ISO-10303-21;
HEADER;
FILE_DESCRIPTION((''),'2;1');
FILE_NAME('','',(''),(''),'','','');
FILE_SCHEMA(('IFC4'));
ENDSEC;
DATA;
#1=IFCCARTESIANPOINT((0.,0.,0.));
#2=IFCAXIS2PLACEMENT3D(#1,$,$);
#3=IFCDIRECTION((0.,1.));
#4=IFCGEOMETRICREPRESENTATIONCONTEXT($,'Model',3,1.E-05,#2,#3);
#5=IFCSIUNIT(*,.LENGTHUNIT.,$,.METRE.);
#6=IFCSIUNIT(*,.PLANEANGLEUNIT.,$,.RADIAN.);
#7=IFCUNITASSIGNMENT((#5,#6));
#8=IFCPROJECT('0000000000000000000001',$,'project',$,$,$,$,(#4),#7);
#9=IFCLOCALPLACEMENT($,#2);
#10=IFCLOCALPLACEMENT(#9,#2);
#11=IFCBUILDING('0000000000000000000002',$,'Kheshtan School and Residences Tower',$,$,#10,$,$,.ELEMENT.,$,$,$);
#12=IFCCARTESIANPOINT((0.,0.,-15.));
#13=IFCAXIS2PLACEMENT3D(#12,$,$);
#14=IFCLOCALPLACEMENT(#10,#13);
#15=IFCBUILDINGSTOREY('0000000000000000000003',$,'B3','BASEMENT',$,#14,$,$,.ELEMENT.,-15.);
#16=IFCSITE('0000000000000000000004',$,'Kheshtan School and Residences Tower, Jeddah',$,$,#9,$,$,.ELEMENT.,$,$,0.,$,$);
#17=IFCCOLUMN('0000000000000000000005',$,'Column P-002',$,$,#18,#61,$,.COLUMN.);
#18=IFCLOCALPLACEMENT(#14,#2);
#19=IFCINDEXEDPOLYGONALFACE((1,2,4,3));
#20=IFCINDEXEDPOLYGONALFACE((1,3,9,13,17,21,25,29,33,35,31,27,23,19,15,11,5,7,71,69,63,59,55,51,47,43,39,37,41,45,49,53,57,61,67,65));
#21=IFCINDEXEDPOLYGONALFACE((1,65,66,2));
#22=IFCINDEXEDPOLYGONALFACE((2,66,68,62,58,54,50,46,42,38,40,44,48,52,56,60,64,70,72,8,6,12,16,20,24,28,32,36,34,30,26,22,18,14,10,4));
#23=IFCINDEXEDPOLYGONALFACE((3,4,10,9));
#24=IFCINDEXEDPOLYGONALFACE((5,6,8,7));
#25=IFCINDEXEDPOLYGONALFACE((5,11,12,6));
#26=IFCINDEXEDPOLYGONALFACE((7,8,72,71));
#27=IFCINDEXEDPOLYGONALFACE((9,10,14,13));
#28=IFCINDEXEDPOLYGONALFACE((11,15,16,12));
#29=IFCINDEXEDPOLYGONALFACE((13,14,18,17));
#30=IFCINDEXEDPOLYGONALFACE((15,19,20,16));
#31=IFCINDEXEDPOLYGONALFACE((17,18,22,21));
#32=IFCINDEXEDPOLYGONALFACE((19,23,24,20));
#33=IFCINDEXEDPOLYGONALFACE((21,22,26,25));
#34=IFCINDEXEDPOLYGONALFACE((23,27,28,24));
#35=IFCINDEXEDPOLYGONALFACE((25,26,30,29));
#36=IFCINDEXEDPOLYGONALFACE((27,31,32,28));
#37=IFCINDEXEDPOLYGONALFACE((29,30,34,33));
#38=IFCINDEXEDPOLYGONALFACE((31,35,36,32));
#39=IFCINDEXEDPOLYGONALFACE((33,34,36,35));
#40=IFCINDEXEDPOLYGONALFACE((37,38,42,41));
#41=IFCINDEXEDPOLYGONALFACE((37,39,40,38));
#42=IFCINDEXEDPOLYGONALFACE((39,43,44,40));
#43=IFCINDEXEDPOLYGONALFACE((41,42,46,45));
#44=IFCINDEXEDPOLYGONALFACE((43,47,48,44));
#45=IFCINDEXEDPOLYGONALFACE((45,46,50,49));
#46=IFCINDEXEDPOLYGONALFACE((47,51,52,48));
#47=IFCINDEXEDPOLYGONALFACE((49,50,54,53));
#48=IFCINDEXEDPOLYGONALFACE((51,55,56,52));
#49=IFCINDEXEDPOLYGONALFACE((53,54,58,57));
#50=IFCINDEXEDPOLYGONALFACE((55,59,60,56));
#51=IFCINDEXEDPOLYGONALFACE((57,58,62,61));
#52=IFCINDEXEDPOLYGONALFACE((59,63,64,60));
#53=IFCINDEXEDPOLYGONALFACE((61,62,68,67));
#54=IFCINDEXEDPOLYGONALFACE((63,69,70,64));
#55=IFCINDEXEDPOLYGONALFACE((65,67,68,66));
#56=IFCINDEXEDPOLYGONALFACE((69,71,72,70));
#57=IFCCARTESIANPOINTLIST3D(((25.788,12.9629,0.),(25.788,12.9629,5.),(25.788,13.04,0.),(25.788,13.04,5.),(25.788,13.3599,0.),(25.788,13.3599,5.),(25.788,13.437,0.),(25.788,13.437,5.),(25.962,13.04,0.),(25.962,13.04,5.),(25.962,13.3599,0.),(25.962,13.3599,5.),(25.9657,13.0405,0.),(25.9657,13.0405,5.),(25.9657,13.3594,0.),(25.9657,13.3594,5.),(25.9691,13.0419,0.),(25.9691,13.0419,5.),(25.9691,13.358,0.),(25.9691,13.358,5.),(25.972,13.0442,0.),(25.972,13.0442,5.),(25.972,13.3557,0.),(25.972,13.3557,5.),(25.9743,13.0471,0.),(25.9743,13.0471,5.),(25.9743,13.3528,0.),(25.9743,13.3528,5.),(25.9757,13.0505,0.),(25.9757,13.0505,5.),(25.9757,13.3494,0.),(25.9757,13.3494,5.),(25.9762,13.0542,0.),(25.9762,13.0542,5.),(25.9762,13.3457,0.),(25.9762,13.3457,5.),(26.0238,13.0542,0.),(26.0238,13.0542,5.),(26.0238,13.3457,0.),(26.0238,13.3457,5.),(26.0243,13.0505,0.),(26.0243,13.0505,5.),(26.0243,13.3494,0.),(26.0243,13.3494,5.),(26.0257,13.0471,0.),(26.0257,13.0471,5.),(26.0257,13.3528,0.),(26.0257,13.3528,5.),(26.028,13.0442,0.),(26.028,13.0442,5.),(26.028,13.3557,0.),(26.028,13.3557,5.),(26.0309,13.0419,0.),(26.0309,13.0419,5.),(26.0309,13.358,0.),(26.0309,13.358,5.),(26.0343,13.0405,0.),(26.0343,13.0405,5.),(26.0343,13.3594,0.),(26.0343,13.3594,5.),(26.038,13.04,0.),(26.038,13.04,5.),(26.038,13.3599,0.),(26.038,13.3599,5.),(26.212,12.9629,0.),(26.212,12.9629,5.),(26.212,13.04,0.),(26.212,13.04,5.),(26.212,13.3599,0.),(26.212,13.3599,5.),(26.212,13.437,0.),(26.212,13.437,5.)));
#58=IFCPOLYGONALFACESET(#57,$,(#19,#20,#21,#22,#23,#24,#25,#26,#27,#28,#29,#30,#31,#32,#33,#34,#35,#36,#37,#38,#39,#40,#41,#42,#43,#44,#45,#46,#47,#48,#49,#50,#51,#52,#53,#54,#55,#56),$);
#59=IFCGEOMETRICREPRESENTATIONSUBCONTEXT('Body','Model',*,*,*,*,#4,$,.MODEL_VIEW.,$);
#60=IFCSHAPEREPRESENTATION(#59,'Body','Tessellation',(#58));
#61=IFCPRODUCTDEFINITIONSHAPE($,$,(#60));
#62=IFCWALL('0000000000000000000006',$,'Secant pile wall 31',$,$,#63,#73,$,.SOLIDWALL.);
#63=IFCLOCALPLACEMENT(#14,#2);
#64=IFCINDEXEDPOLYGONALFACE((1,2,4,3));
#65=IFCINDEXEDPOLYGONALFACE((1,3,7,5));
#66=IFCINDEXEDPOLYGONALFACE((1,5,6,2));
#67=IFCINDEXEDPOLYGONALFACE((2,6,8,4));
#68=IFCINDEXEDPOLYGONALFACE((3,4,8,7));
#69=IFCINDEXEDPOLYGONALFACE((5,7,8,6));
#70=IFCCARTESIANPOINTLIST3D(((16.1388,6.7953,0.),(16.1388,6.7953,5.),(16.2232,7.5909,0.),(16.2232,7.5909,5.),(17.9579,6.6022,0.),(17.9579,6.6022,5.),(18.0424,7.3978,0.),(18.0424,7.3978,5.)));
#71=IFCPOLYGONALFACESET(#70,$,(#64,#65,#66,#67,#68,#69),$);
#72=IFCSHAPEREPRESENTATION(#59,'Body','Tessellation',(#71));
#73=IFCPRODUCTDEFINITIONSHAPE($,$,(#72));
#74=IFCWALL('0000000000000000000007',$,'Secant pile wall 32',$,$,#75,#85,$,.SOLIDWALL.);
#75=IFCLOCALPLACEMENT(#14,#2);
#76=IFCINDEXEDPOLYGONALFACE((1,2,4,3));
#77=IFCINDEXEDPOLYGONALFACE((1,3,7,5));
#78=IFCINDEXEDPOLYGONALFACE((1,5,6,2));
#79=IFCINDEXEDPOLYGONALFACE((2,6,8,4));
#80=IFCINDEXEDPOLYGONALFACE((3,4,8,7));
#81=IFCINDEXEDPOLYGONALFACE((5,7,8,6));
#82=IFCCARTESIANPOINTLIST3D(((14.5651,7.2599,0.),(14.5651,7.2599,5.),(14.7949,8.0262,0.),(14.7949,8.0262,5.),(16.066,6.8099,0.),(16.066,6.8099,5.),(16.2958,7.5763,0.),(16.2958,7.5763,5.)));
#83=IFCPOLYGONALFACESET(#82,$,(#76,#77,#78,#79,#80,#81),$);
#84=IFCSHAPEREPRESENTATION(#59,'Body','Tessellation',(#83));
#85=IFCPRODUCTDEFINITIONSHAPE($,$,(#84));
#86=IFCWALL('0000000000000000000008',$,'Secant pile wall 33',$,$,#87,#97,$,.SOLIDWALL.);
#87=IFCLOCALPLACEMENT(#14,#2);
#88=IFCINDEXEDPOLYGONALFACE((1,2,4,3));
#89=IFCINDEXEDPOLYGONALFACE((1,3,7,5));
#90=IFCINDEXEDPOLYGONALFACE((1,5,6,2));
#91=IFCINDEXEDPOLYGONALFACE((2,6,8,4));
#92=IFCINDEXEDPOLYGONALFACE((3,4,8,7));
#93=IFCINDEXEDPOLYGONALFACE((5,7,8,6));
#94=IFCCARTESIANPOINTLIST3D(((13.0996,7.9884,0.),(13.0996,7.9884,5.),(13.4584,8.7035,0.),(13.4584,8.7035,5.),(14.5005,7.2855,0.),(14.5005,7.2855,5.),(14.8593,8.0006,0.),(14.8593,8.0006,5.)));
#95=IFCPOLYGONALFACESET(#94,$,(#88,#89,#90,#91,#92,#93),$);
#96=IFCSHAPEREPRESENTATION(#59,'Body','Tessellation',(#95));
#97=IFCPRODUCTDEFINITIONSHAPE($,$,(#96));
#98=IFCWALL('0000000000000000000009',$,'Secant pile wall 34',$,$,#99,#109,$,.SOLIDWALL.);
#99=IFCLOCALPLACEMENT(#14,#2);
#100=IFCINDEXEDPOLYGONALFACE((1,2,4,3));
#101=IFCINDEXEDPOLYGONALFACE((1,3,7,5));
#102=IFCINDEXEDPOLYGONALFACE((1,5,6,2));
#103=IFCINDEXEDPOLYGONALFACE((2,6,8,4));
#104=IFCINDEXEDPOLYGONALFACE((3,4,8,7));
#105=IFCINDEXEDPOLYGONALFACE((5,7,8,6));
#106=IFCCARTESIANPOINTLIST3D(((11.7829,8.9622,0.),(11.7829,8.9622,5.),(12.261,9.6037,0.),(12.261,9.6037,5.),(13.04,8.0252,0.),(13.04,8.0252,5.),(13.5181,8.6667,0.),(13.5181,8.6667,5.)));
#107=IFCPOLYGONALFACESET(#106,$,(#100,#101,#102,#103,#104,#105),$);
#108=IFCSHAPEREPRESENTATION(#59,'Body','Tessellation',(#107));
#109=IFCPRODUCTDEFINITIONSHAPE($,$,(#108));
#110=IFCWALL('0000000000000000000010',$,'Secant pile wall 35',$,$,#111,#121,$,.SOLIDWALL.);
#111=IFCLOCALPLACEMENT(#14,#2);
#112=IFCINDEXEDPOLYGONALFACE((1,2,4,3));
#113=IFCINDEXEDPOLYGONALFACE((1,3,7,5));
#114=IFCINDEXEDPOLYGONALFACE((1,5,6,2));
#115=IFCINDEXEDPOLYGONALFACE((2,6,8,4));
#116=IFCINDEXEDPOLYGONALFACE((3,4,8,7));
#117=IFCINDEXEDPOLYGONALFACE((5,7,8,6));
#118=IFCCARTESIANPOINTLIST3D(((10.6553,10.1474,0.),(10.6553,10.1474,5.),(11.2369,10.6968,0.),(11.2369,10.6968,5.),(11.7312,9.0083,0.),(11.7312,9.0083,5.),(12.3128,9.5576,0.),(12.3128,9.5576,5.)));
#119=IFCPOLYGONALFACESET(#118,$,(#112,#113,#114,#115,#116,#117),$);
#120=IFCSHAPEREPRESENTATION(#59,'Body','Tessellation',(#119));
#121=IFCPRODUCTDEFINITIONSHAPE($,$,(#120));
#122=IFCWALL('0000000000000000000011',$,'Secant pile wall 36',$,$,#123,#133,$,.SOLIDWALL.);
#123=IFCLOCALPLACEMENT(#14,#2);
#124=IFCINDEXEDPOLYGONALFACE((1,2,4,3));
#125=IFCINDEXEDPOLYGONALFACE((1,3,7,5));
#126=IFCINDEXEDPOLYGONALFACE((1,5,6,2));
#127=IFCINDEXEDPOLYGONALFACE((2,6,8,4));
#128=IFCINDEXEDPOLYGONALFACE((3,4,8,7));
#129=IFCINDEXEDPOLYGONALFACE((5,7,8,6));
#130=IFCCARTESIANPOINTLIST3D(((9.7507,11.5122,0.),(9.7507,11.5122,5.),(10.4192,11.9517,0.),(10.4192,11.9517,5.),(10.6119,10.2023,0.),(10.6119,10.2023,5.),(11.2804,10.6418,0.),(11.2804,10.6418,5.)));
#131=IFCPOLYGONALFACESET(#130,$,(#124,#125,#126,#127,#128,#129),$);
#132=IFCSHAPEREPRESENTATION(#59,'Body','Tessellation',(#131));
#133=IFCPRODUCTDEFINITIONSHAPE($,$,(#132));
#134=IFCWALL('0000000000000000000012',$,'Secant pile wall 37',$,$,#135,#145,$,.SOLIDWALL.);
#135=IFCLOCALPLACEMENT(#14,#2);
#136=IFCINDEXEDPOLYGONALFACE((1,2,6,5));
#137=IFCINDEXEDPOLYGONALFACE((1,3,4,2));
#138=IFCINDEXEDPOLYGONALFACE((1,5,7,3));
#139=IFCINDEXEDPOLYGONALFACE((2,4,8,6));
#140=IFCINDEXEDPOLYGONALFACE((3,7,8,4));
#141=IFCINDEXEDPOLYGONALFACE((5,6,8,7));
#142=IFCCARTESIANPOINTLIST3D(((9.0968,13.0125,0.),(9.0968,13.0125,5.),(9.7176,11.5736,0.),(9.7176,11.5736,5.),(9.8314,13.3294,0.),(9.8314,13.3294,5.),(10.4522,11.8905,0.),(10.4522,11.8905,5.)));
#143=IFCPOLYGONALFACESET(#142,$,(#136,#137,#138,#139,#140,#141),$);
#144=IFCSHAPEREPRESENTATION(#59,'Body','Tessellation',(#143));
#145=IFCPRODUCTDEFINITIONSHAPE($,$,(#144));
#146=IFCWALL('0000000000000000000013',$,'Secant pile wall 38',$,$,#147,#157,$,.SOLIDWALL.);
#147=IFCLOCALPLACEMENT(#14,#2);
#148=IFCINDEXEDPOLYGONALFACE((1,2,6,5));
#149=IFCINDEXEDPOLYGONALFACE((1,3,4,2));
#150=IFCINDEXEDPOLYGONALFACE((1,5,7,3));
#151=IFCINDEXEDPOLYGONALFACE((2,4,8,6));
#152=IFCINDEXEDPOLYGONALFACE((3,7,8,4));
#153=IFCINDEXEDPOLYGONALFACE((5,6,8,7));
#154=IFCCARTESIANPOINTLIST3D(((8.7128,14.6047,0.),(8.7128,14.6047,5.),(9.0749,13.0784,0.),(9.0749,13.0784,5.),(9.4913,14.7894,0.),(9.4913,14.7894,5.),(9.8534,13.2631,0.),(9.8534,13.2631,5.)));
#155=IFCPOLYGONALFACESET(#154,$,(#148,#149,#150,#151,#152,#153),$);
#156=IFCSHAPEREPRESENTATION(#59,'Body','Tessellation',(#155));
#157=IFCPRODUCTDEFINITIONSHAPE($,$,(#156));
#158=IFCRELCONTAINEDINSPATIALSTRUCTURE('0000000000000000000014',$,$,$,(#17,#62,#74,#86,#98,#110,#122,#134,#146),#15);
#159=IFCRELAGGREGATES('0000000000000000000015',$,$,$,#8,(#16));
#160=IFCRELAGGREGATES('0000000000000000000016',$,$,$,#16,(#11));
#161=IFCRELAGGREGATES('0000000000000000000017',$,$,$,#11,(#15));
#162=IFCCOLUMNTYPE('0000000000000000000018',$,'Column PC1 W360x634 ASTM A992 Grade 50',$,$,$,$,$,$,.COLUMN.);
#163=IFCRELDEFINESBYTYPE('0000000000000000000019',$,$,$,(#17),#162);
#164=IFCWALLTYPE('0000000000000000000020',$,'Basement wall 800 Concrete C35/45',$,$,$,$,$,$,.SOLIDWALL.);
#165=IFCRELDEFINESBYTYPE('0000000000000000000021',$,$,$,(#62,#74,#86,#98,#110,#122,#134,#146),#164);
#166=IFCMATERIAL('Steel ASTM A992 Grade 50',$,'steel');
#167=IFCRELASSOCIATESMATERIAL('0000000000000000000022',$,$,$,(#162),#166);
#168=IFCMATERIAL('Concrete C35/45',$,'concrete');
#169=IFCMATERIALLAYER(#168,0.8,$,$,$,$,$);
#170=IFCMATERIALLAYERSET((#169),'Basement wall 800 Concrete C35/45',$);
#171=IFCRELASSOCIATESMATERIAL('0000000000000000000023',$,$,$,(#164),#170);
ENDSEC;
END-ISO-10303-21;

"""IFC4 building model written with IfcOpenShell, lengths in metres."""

from ifc_helpers import new_model, si_unit, direction, frame, frame_2d, origin, origin_2d, place, context, subcontext, project, spatial, rectangle, i_section, extrude, material, layer, layer_set, material_profile, profile_set, type_object, element, save


model = new_model("IFC4")

# Units and contexts
model_context = context("Model", 3, precision=1e-05, world=origin(), true_north=direction((0.0, 1.0)))
body_context = subcontext(model_context, "Body", "Model", "MODEL_VIEW")
ifc_project = project(units=[si_unit("LENGTHUNIT", "METRE"), si_unit("PLANEANGLEUNIT", "RADIAN")], contexts=[model_context])

# Site, building, storey
site_placement = place(None, origin())
site = spatial("IfcSite", under=ifc_project, at=site_placement, Name="Kheshtan School and Residences Tower, Jeddah", CompositionType="ELEMENT", RefElevation=0.0)
building_placement = place(site_placement, origin())
building = spatial("IfcBuilding", under=site, at=building_placement, Name="Kheshtan School and Residences Tower", CompositionType="ELEMENT")
storey_placement = place(building_placement, frame((0.0, 0.0, -15.0)))
storey = spatial("IfcBuildingStorey", under=building, at=storey_placement, Name="B3", Description="BASEMENT", CompositionType="ELEMENT", Elevation=-15.0)

# Column
ifc_material_1 = material(Name="Steel ASTM A992 Grade 50", Category="steel")
ifc_material_profile_1 = material_profile(ifc_material_1, i_section(OverallWidth=0.4241, OverallDepth=0.4741, WebThickness=0.0476, FlangeThickness=0.0771, FilletRadius=0.0142, at=origin_2d()), Name="W360x634")
ifc_profile_set_1 = profile_set([ifc_material_profile_1], Name="Steel ASTM A992 Grade 50")
column_type = type_object("IfcColumnType", Name="Column PC1 W360x634 ASTM A992 Grade 50", PredefinedType="COLUMN", material=ifc_profile_set_1)
for number, where, z_axis, x_axis, name in (
    (1, (26.0, 13.2, 0.0), (0.0, 0.0, 1.0), (1.0, 0.0, 0.0), "Column P-002"),
):
    element("IfcColumn", number, at=place(storey_placement, frame(where, z_axis=z_axis, x_axis=x_axis)), inside=storey, type_object=column_type, Name=name, PredefinedType="COLUMN", context=body_context, shape_type="SweptSolid", body=[
        extrude(i_section(OverallWidth=0.4241, OverallDepth=0.4741, WebThickness=0.0476, FlangeThickness=0.0771, FilletRadius=0.0142, at=origin_2d()), origin(), (0.0, 0.0, 1.0), 5.0),
    ])

# Walls
ifc_material_2 = material(Name="Concrete C35/45", Category="concrete")
ifc_layer = layer(ifc_material_2, 0.8)
ifc_layer_set = layer_set([ifc_layer], Name="Basement wall 800 Concrete C35/45")
wall_type = type_object("IfcWallType", Name="Basement wall 800 Concrete C35/45", PredefinedType="SOLIDWALL", material=ifc_layer_set)
wall_1_placement = place(storey_placement, frame((18.0, 7.0, 0.0), z_axis=(0.0, 0.0, 1.0), x_axis=(-0.994412, 0.105567, 0.0)))
element("IfcWall", 2, at=wall_1_placement, inside=storey, type_object=wall_type, Name="Secant pile wall 31", PredefinedType="SOLIDWALL", context=body_context, shape_type="SweptSolid", body=[
    extrude(rectangle(XDim=1.8293, YDim=0.8, at=frame_2d((0.9146, 0.0))), origin(), (0.0, 0.0, 1.0), 5.0),
])
wall_2_placement = place(storey_placement, frame((16.1809, 7.1931, 0.0), z_axis=(0.0, 0.0, 1.0), x_axis=(-0.957886, 0.287148, 0.0)))
element("IfcWall", 3, at=wall_2_placement, inside=storey, type_object=wall_type, Name="Secant pile wall 32", PredefinedType="SOLIDWALL", context=body_context, shape_type="SweptSolid", body=[
    extrude(rectangle(XDim=1.5669, YDim=0.8, at=frame_2d((0.7834, 0.0))), origin(), (0.0, 0.0, 1.0), 5.0),
])
wall_3_placement = place(storey_placement, frame((14.6799, 7.6431, 0.0), z_axis=(0.0, 0.0, 1.0), x_axis=(-0.893803, 0.448459, 0.0)))
element("IfcWall", 4, at=wall_3_placement, inside=storey, type_object=wall_type, Name="Secant pile wall 33", PredefinedType="SOLIDWALL", context=body_context, shape_type="SweptSolid", body=[
    extrude(rectangle(XDim=1.5674, YDim=0.8, at=frame_2d((0.7837, 0.0))), origin(), (0.0, 0.0, 1.0), 5.0),
])
wall_4_placement = place(storey_placement, frame((13.2791, 8.3459, 0.0), z_axis=(0.0, 0.0, 1.0), x_axis=(-0.801772, 0.597631, 0.0)))
element("IfcWall", 5, at=wall_4_placement, inside=storey, type_object=wall_type, Name="Secant pile wall 34", PredefinedType="SOLIDWALL", context=body_context, shape_type="SweptSolid", body=[
    extrude(rectangle(XDim=1.5679, YDim=0.8, at=frame_2d((0.7839, 0.0))), origin(), (0.0, 0.0, 1.0), 5.0),
])
wall_5_placement = place(storey_placement, frame((12.022, 9.283, 0.0), z_axis=(0.0, 0.0, 1.0), x_axis=(-0.686642, 0.726996, 0.0)))
element("IfcWall", 6, at=wall_5_placement, inside=storey, type_object=wall_type, Name="Secant pile wall 35", PredefinedType="SOLIDWALL", context=body_context, shape_type="SweptSolid", body=[
    extrude(rectangle(XDim=1.5669, YDim=0.8, at=frame_2d((0.7834, 0.0))), origin(), (0.0, 0.0, 1.0), 5.0),
])
wall_6_placement = place(storey_placement, frame((10.946, 10.4221, 0.0), z_axis=(0.0, 0.0, 1.0), x_axis=(-0.549333, 0.835603, 0.0)))
element("IfcWall", 7, at=wall_6_placement, inside=storey, type_object=wall_type, Name="Secant pile wall 36", PredefinedType="SOLIDWALL", context=body_context, shape_type="SweptSolid", body=[
    extrude(rectangle(XDim=1.5676, YDim=0.8, at=frame_2d((0.7837, 0.0))), origin(), (0.0, 0.0, 1.0), 5.0),
])
wall_7_placement = place(storey_placement, frame((10.085, 11.7319, 0.0), z_axis=(0.0, 0.0, 1.0), x_axis=(-0.396155, 0.918183, 0.0)))
element("IfcWall", 8, at=wall_7_placement, inside=storey, type_object=wall_type, Name="Secant pile wall 37", PredefinedType="SOLIDWALL", context=body_context, shape_type="SweptSolid", body=[
    extrude(rectangle(XDim=1.5671, YDim=0.8, at=frame_2d((0.7837, 0.0))), origin(), (0.0, 0.0, 1.0), 5.0),
])
wall_8_placement = place(storey_placement, frame((9.4641, 13.1709, 0.0), z_axis=(0.0, 0.0, 1.0), x_axis=(-0.230835, 0.972993, 0.0)))
element("IfcWall", 9, at=wall_8_placement, inside=storey, type_object=wall_type, Name="Secant pile wall 38", PredefinedType="SOLIDWALL", context=body_context, shape_type="SweptSolid", body=[
    extrude(rectangle(XDim=1.5686, YDim=0.8, at=frame_2d((0.7842, 0.0))), origin(), (0.0, 0.0, 1.0), 5.0),
])

save(model, "model.ifc")
